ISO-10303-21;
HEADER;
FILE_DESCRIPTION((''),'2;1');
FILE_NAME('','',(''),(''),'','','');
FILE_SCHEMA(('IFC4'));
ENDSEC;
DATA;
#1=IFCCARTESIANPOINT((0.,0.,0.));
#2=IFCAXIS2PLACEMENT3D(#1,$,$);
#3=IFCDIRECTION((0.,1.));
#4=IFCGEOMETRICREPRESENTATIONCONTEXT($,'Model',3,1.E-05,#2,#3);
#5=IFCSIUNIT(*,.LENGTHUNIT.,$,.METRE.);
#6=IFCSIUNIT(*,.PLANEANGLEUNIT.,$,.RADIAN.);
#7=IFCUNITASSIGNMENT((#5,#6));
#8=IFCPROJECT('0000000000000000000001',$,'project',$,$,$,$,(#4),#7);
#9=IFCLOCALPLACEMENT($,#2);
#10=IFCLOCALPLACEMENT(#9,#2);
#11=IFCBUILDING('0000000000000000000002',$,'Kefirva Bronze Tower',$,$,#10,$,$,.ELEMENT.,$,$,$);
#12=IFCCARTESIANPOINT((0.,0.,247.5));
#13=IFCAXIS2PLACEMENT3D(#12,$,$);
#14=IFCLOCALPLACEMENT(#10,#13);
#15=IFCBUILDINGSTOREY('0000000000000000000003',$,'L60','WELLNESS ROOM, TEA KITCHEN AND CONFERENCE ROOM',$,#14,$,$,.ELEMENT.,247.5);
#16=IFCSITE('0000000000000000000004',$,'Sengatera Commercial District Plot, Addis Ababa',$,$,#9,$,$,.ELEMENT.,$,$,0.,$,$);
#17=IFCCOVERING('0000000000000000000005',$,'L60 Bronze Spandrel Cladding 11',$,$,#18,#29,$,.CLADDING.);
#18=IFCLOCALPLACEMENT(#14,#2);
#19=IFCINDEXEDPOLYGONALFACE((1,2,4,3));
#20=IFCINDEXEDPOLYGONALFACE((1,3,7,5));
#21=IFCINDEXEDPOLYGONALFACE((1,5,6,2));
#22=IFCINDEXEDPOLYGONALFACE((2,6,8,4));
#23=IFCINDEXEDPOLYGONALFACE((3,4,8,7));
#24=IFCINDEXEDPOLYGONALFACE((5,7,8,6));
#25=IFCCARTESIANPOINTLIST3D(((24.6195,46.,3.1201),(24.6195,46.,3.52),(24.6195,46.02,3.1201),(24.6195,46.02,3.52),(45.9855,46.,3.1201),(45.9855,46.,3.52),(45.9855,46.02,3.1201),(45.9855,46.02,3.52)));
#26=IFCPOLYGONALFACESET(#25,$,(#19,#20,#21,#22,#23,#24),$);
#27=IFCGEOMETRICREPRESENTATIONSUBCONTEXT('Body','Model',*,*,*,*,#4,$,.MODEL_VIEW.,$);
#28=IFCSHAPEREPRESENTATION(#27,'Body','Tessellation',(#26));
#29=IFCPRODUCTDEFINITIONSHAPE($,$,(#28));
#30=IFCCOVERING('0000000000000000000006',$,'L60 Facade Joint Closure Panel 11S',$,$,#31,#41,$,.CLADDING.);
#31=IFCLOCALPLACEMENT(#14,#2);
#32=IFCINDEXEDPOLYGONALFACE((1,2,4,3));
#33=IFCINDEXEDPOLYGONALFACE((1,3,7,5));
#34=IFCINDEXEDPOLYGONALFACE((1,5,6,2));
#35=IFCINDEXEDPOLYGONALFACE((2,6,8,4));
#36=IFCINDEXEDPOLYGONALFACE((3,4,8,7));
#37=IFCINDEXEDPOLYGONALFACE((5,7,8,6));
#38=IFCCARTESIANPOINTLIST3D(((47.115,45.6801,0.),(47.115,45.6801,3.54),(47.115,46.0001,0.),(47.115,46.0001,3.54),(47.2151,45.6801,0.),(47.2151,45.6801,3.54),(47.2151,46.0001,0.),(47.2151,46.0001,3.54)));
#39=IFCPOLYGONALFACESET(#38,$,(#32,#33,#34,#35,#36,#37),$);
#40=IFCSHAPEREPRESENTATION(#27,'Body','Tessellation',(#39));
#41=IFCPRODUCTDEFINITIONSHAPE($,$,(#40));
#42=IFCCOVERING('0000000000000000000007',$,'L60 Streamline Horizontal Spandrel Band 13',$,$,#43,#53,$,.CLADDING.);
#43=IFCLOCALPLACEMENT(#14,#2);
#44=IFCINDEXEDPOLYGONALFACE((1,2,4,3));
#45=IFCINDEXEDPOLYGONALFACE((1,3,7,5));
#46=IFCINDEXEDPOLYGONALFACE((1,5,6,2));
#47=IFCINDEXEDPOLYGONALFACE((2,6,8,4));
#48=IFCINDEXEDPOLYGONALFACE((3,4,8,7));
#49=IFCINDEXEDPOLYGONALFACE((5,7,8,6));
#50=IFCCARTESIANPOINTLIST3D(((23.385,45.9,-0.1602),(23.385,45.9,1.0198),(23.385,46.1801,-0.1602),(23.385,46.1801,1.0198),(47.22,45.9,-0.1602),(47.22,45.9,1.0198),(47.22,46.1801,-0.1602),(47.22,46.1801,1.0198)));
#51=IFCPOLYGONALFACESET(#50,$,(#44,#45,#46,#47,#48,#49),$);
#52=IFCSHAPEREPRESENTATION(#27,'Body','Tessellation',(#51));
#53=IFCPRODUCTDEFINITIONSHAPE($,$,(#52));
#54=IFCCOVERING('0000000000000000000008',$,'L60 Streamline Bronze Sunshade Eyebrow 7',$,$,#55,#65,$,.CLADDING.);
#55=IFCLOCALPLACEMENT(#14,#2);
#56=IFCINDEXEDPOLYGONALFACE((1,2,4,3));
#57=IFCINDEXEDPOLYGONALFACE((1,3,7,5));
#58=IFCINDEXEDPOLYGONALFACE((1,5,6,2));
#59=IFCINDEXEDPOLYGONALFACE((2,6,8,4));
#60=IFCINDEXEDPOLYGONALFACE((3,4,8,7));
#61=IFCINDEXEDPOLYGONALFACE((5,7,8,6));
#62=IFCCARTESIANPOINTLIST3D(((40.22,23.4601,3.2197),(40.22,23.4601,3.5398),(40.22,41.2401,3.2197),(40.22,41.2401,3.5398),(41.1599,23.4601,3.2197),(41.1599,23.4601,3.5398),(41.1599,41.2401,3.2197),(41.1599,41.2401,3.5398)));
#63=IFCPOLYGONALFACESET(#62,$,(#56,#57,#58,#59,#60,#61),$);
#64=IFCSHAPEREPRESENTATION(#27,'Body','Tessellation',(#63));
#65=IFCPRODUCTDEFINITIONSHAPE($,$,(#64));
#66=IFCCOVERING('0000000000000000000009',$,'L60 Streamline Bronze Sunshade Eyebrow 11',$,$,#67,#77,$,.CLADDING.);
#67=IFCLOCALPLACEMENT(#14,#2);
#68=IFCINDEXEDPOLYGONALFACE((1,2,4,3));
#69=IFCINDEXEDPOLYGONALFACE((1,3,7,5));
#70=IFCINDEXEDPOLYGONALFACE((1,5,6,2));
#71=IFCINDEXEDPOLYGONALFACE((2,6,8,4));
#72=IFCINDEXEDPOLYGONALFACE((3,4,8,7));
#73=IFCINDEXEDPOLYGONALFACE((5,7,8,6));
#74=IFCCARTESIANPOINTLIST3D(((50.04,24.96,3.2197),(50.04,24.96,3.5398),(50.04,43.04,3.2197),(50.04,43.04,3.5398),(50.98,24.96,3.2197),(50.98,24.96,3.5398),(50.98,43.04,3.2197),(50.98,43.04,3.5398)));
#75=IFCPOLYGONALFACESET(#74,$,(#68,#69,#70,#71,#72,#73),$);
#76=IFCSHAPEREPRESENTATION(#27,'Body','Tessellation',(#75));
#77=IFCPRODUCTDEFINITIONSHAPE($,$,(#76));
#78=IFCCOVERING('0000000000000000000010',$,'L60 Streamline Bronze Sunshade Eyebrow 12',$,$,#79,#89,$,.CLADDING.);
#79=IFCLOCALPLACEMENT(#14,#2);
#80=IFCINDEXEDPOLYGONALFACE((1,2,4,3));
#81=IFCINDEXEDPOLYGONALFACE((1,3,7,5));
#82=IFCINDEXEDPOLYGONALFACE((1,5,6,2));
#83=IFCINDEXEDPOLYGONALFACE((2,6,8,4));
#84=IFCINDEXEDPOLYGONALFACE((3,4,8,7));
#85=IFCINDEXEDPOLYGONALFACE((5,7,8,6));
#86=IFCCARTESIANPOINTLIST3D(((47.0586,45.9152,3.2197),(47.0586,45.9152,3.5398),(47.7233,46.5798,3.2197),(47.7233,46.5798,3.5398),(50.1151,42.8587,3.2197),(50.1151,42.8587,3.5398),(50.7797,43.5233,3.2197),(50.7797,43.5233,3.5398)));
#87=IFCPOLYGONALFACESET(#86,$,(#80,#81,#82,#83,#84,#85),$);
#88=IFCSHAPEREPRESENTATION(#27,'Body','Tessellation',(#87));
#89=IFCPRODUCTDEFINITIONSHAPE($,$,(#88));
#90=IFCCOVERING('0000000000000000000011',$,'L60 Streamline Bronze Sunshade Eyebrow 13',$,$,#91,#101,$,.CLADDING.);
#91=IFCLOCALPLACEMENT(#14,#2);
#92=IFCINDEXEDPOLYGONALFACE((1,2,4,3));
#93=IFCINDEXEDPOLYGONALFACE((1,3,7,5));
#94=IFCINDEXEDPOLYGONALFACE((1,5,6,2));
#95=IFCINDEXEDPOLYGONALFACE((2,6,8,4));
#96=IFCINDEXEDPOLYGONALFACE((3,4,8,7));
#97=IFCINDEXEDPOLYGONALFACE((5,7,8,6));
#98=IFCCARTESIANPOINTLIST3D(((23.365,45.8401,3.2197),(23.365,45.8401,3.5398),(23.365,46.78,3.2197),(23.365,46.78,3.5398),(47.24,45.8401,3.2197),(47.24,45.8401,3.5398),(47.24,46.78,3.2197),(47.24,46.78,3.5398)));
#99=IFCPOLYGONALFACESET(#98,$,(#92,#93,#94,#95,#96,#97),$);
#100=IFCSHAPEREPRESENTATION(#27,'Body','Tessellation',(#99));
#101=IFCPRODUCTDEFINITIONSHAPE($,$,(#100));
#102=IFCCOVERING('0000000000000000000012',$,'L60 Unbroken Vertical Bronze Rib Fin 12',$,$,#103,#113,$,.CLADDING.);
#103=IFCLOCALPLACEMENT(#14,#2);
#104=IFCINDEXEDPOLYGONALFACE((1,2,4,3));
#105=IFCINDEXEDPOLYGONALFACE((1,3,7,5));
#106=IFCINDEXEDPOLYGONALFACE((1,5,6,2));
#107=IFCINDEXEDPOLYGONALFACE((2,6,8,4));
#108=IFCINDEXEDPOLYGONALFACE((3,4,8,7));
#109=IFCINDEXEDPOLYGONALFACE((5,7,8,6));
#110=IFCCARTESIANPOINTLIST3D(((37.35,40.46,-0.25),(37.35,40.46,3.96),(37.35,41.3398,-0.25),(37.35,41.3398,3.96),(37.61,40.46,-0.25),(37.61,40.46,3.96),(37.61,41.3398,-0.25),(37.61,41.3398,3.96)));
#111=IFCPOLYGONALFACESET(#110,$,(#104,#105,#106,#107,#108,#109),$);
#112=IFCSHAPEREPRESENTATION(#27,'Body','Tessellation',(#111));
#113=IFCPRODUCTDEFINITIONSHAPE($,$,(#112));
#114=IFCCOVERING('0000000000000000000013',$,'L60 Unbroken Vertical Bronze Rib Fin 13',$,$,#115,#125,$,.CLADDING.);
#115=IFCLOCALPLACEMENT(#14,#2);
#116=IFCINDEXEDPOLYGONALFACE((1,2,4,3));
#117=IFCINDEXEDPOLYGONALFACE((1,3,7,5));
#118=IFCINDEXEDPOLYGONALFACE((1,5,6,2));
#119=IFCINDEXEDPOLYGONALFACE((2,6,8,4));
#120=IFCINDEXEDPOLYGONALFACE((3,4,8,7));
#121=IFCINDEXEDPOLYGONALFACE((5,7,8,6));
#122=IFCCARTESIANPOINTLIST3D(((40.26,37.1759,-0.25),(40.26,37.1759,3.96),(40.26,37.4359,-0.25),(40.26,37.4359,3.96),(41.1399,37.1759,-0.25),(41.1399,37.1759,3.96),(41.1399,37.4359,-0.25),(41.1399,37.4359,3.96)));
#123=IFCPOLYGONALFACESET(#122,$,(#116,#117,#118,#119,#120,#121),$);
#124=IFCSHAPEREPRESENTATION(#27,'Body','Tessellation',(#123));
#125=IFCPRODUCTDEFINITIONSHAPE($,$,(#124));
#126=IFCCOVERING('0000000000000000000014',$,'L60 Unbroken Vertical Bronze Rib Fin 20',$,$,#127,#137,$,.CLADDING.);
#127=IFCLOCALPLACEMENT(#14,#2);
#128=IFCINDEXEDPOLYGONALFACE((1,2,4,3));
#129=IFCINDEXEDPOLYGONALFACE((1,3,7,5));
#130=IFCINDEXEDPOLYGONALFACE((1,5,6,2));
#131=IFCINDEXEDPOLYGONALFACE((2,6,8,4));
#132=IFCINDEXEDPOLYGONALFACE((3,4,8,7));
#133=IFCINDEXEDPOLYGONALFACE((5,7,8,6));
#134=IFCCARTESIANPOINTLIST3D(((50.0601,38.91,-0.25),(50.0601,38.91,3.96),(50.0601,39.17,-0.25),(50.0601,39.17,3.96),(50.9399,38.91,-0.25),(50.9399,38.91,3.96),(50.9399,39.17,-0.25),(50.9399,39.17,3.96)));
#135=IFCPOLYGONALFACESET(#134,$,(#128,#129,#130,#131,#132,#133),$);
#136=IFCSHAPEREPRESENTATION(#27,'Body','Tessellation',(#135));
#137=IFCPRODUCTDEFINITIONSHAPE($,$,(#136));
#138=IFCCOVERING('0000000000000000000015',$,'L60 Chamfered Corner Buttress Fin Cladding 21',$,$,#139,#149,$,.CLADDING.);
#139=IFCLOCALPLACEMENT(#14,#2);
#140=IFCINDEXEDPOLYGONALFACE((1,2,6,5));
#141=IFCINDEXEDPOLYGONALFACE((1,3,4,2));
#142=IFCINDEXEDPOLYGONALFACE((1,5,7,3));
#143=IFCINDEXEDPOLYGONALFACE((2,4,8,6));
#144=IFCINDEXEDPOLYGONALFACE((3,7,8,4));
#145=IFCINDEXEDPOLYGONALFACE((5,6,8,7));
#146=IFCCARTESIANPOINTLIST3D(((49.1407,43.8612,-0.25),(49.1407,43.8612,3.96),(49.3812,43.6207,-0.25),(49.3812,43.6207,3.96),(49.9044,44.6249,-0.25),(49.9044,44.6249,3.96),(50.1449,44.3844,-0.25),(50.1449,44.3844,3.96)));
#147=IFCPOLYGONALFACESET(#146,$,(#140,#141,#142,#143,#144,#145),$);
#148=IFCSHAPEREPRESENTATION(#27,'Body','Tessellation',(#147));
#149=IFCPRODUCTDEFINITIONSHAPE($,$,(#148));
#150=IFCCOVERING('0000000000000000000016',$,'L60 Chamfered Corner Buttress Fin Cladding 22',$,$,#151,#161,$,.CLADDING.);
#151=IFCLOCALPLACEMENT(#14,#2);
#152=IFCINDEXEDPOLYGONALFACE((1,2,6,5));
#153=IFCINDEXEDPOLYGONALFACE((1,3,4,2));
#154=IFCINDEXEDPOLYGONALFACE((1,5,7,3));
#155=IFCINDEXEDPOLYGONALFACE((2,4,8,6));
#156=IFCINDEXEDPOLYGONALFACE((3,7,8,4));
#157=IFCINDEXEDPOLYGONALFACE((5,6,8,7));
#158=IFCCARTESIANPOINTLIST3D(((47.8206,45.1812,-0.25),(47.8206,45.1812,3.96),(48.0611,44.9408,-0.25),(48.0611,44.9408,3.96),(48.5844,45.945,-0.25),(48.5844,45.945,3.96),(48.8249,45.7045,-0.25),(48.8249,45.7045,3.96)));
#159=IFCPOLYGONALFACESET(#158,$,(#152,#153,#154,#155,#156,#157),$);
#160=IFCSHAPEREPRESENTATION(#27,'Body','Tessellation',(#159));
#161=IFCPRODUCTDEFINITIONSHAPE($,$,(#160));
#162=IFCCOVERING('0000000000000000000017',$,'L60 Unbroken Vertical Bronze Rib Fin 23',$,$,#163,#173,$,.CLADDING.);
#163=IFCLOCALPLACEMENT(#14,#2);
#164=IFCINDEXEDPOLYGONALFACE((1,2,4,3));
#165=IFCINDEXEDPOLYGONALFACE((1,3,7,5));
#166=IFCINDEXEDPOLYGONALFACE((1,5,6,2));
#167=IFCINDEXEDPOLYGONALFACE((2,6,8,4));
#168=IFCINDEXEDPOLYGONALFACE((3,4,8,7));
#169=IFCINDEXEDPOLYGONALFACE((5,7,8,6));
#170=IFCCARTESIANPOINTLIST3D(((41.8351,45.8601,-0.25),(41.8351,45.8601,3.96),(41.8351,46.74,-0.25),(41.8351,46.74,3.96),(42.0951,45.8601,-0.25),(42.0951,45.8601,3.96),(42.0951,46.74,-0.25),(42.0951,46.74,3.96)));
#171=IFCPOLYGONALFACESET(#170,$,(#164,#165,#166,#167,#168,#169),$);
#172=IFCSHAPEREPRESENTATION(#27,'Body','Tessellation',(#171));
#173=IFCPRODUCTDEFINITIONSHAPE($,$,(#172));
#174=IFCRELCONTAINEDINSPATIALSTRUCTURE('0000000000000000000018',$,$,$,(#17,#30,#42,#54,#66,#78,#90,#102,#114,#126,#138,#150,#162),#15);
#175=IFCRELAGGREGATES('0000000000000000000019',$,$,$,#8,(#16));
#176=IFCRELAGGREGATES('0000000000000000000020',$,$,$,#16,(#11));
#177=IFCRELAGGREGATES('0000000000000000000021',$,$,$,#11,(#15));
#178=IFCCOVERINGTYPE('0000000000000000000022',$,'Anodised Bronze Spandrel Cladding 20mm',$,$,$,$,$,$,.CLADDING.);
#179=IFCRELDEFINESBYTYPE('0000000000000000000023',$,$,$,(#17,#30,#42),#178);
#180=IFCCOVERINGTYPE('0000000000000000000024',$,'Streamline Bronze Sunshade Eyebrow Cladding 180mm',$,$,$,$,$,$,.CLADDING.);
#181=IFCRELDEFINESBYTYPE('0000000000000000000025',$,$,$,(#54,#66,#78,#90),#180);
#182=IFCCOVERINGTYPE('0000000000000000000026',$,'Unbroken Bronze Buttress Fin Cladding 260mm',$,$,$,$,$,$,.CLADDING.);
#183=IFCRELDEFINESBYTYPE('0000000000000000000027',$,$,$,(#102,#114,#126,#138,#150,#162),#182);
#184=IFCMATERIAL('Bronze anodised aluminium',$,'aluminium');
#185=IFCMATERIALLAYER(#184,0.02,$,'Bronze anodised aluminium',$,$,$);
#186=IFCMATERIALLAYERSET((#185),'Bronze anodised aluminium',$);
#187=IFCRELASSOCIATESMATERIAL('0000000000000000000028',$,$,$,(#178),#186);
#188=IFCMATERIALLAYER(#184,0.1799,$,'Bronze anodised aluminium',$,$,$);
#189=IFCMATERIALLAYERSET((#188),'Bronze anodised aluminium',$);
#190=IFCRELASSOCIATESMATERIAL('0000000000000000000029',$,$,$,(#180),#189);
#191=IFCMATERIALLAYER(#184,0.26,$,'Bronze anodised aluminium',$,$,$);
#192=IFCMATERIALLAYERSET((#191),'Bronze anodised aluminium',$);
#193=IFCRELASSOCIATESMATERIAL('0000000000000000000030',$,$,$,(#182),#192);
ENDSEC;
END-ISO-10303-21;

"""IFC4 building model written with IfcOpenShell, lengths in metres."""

from ifc_helpers import new_model, si_unit, direction, frame, origin, origin_2d, place, context, subcontext, project, spatial, rectangle, extrude, material, layer, layer_set, type_object, element, save


model = new_model("IFC4")

# Units and contexts
model_context = context("Model", 3, precision=1e-05, world=origin(), true_north=direction((0.0, 1.0)))
body_context = subcontext(model_context, "Body", "Model", "MODEL_VIEW")
ifc_project = project(units=[si_unit("LENGTHUNIT", "METRE"), si_unit("PLANEANGLEUNIT", "RADIAN")], contexts=[model_context])

# Site, building, storey
site_placement = place(None, origin())
site = spatial("IfcSite", under=ifc_project, at=site_placement, Name="Sengatera Commercial District Plot, Addis Ababa", CompositionType="ELEMENT", RefElevation=0.0)
building_placement = place(site_placement, origin())
building = spatial("IfcBuilding", under=site, at=building_placement, Name="Kefirva Bronze Tower", CompositionType="ELEMENT")
storey_placement = place(building_placement, frame((0.0, 0.0, 247.5)))
storey = spatial("IfcBuildingStorey", under=building, at=storey_placement, Name="L60", Description="WELLNESS ROOM, TEA KITCHEN AND CONFERENCE ROOM", CompositionType="ELEMENT", Elevation=247.5)

# Shared definitions
ifc_material_1 = material(Name="Bronze anodised aluminium", Category="aluminium")

# Coverings
ifc_layer_1 = layer(ifc_material_1, 0.02, Name="Bronze anodised aluminium")
ifc_layer_set_1 = layer_set([ifc_layer_1], Name="Bronze anodised aluminium")
covering_type_1 = type_object("IfcCoveringType", Name="Anodised Bronze Spandrel Cladding 20mm", PredefinedType="CLADDING", material=ifc_layer_set_1)
covering_1_placement = place(storey_placement, frame((35.3025, 46.01, 3.1201), z_axis=(0.0, 0.0, 1.0), x_axis=(-1.0, 0.0, 0.0)))
element("IfcCovering", 1, at=covering_1_placement, inside=storey, type_object=covering_type_1, Name="L60 Bronze Spandrel Cladding 11", PredefinedType="CLADDING", context=body_context, shape_type="SweptSolid", body=[
    extrude(rectangle(XDim=21.366, YDim=0.02, at=origin_2d()), origin(), (0.0, 0.0, 1.0), 0.3999),
])
covering_2_placement = place(storey_placement, frame((47.165, 45.8401, 0.0), z_axis=(0.0, 0.0, 1.0), x_axis=(-1.0, 0.0, 0.0)))
element("IfcCovering", 2, at=covering_2_placement, inside=storey, type_object=covering_type_1, Name="L60 Facade Joint Closure Panel 11S", PredefinedType="CLADDING", context=body_context, shape_type="SweptSolid", body=[
    extrude(rectangle(XDim=0.1001, YDim=0.3201, at=origin_2d()), origin(), (0.0, 0.0, 1.0), 3.54),
])
covering_3_placement = place(storey_placement, frame((35.3025, 46.04, -0.1602), z_axis=(0.0, 0.0, 1.0), x_axis=(-1.0, 0.0, 0.0)))
element("IfcCovering", 3, at=covering_3_placement, inside=storey, type_object=covering_type_1, Name="L60 Streamline Horizontal Spandrel Band 13", PredefinedType="CLADDING", context=body_context, shape_type="SweptSolid", body=[
    extrude(rectangle(XDim=23.835, YDim=0.28, at=origin_2d()), origin(), (0.0, 0.0, 1.0), 1.1799),
])
ifc_layer_2 = layer(ifc_material_1, 0.1799, Name="Bronze anodised aluminium")
ifc_layer_set_2 = layer_set([ifc_layer_2], Name="Bronze anodised aluminium")
covering_type_2 = type_object("IfcCoveringType", Name="Streamline Bronze Sunshade Eyebrow Cladding 180mm", PredefinedType="CLADDING", material=ifc_layer_set_2)
covering_4_placement = place(storey_placement, frame((40.6899, 32.3501, 3.2197), z_axis=(0.0, 0.0, 1.0), x_axis=(0.0, -1.0, 0.0)))
element("IfcCovering", 4, at=covering_4_placement, inside=storey, type_object=covering_type_2, Name="L60 Streamline Bronze Sunshade Eyebrow 7", PredefinedType="CLADDING", context=body_context, shape_type="SweptSolid", body=[
    extrude(rectangle(XDim=17.78, YDim=0.9399, at=origin_2d()), origin(), (0.0, 0.0, 1.0), 0.3201),
])
covering_5_placement = place(storey_placement, frame((50.51, 34.0, 3.2197), z_axis=(0.0, 0.0, 1.0), x_axis=(0.0, 1.0, 0.0)))
element("IfcCovering", 5, at=covering_5_placement, inside=storey, type_object=covering_type_2, Name="L60 Streamline Bronze Sunshade Eyebrow 11", PredefinedType="CLADDING", context=body_context, shape_type="SweptSolid", body=[
    extrude(rectangle(XDim=18.0801, YDim=0.9399, at=origin_2d()), origin(), (0.0, 0.0, 1.0), 0.3201),
])
covering_6_placement = place(storey_placement, frame((48.9192, 44.7192, 3.2197), z_axis=(0.0, 0.0, 1.0), x_axis=(-0.707107, 0.707107, 0.0)))
element("IfcCovering", 6, at=covering_6_placement, inside=storey, type_object=covering_type_2, Name="L60 Streamline Bronze Sunshade Eyebrow 12", PredefinedType="CLADDING", context=body_context, shape_type="SweptSolid", body=[
    extrude(rectangle(XDim=4.3225, YDim=0.9399, at=origin_2d()), origin(), (0.0, 0.0, 1.0), 0.3201),
])
covering_7_placement = place(storey_placement, frame((35.3025, 46.3101, 3.2197), z_axis=(0.0, 0.0, 1.0), x_axis=(-1.0, 0.0, 0.0)))
element("IfcCovering", 7, at=covering_7_placement, inside=storey, type_object=covering_type_2, Name="L60 Streamline Bronze Sunshade Eyebrow 13", PredefinedType="CLADDING", context=body_context, shape_type="SweptSolid", body=[
    extrude(rectangle(XDim=23.875, YDim=0.9399, at=origin_2d()), origin(), (0.0, 0.0, 1.0), 0.3201),
])
ifc_layer_3 = layer(ifc_material_1, 0.26, Name="Bronze anodised aluminium")
ifc_layer_set_3 = layer_set([ifc_layer_3], Name="Bronze anodised aluminium")
covering_type_3 = type_object("IfcCoveringType", Name="Unbroken Bronze Buttress Fin Cladding 260mm", PredefinedType="CLADDING", material=ifc_layer_set_3)
for number, where, z_axis, x_axis, name in (
    (8, (37.48, 40.8999, -0.25), (0.0, 0.0, 1.0), (1.0, 0.0, 0.0), "L60 Unbroken Vertical Bronze Rib Fin 12"),
    (9, (40.7, 37.3059, -0.25), (0.0, 0.0, 1.0), (0.0, -1.0, 0.0), "L60 Unbroken Vertical Bronze Rib Fin 13"),
    (10, (50.5, 39.04, -0.25), (0.0, 0.0, 1.0), (0.0, 1.0, 0.0), "L60 Unbroken Vertical Bronze Rib Fin 20"),
):
    element("IfcCovering", number, at=place(storey_placement, frame(where, z_axis=z_axis, x_axis=x_axis)), inside=storey, type_object=covering_type_3, Name=name, PredefinedType="CLADDING", context=body_context, shape_type="SweptSolid", body=[
        extrude(rectangle(XDim=0.26, YDim=0.8799, at=origin_2d()), origin(), (0.0, 0.0, 1.0), 4.21),
    ])
for number, where, z_axis, x_axis, name in (
    (11, (49.6428, 44.1228, -0.25), (0.0, 0.0, 1.0), (-0.707107, 0.707107, 0.0), "L60 Chamfered Corner Buttress Fin Cladding 21"),
    (12, (48.3228, 45.4429, -0.25), (0.0, 0.0, 1.0), (-0.707107, 0.707107, 0.0), "L60 Chamfered Corner Buttress Fin Cladding 22"),
):
    element("IfcCovering", number, at=place(storey_placement, frame(where, z_axis=z_axis, x_axis=x_axis)), inside=storey, type_object=covering_type_3, Name=name, PredefinedType="CLADDING", context=body_context, shape_type="SweptSolid", body=[
        extrude(rectangle(XDim=0.3401, YDim=1.0801, at=origin_2d()), origin(), (0.0, 0.0, 1.0), 4.21),
    ])
covering_8_placement = place(storey_placement, frame((41.9651, 46.3, -0.25), z_axis=(0.0, 0.0, 1.0), x_axis=(-1.0, 0.0, 0.0)))
element("IfcCovering", 13, at=covering_8_placement, inside=storey, type_object=covering_type_3, Name="L60 Unbroken Vertical Bronze Rib Fin 23", PredefinedType="CLADDING", context=body_context, shape_type="SweptSolid", body=[
    extrude(rectangle(XDim=0.26, YDim=0.8799, at=origin_2d()), origin(), (0.0, 0.0, 1.0), 4.21),
])

save(model, "model.ifc")
